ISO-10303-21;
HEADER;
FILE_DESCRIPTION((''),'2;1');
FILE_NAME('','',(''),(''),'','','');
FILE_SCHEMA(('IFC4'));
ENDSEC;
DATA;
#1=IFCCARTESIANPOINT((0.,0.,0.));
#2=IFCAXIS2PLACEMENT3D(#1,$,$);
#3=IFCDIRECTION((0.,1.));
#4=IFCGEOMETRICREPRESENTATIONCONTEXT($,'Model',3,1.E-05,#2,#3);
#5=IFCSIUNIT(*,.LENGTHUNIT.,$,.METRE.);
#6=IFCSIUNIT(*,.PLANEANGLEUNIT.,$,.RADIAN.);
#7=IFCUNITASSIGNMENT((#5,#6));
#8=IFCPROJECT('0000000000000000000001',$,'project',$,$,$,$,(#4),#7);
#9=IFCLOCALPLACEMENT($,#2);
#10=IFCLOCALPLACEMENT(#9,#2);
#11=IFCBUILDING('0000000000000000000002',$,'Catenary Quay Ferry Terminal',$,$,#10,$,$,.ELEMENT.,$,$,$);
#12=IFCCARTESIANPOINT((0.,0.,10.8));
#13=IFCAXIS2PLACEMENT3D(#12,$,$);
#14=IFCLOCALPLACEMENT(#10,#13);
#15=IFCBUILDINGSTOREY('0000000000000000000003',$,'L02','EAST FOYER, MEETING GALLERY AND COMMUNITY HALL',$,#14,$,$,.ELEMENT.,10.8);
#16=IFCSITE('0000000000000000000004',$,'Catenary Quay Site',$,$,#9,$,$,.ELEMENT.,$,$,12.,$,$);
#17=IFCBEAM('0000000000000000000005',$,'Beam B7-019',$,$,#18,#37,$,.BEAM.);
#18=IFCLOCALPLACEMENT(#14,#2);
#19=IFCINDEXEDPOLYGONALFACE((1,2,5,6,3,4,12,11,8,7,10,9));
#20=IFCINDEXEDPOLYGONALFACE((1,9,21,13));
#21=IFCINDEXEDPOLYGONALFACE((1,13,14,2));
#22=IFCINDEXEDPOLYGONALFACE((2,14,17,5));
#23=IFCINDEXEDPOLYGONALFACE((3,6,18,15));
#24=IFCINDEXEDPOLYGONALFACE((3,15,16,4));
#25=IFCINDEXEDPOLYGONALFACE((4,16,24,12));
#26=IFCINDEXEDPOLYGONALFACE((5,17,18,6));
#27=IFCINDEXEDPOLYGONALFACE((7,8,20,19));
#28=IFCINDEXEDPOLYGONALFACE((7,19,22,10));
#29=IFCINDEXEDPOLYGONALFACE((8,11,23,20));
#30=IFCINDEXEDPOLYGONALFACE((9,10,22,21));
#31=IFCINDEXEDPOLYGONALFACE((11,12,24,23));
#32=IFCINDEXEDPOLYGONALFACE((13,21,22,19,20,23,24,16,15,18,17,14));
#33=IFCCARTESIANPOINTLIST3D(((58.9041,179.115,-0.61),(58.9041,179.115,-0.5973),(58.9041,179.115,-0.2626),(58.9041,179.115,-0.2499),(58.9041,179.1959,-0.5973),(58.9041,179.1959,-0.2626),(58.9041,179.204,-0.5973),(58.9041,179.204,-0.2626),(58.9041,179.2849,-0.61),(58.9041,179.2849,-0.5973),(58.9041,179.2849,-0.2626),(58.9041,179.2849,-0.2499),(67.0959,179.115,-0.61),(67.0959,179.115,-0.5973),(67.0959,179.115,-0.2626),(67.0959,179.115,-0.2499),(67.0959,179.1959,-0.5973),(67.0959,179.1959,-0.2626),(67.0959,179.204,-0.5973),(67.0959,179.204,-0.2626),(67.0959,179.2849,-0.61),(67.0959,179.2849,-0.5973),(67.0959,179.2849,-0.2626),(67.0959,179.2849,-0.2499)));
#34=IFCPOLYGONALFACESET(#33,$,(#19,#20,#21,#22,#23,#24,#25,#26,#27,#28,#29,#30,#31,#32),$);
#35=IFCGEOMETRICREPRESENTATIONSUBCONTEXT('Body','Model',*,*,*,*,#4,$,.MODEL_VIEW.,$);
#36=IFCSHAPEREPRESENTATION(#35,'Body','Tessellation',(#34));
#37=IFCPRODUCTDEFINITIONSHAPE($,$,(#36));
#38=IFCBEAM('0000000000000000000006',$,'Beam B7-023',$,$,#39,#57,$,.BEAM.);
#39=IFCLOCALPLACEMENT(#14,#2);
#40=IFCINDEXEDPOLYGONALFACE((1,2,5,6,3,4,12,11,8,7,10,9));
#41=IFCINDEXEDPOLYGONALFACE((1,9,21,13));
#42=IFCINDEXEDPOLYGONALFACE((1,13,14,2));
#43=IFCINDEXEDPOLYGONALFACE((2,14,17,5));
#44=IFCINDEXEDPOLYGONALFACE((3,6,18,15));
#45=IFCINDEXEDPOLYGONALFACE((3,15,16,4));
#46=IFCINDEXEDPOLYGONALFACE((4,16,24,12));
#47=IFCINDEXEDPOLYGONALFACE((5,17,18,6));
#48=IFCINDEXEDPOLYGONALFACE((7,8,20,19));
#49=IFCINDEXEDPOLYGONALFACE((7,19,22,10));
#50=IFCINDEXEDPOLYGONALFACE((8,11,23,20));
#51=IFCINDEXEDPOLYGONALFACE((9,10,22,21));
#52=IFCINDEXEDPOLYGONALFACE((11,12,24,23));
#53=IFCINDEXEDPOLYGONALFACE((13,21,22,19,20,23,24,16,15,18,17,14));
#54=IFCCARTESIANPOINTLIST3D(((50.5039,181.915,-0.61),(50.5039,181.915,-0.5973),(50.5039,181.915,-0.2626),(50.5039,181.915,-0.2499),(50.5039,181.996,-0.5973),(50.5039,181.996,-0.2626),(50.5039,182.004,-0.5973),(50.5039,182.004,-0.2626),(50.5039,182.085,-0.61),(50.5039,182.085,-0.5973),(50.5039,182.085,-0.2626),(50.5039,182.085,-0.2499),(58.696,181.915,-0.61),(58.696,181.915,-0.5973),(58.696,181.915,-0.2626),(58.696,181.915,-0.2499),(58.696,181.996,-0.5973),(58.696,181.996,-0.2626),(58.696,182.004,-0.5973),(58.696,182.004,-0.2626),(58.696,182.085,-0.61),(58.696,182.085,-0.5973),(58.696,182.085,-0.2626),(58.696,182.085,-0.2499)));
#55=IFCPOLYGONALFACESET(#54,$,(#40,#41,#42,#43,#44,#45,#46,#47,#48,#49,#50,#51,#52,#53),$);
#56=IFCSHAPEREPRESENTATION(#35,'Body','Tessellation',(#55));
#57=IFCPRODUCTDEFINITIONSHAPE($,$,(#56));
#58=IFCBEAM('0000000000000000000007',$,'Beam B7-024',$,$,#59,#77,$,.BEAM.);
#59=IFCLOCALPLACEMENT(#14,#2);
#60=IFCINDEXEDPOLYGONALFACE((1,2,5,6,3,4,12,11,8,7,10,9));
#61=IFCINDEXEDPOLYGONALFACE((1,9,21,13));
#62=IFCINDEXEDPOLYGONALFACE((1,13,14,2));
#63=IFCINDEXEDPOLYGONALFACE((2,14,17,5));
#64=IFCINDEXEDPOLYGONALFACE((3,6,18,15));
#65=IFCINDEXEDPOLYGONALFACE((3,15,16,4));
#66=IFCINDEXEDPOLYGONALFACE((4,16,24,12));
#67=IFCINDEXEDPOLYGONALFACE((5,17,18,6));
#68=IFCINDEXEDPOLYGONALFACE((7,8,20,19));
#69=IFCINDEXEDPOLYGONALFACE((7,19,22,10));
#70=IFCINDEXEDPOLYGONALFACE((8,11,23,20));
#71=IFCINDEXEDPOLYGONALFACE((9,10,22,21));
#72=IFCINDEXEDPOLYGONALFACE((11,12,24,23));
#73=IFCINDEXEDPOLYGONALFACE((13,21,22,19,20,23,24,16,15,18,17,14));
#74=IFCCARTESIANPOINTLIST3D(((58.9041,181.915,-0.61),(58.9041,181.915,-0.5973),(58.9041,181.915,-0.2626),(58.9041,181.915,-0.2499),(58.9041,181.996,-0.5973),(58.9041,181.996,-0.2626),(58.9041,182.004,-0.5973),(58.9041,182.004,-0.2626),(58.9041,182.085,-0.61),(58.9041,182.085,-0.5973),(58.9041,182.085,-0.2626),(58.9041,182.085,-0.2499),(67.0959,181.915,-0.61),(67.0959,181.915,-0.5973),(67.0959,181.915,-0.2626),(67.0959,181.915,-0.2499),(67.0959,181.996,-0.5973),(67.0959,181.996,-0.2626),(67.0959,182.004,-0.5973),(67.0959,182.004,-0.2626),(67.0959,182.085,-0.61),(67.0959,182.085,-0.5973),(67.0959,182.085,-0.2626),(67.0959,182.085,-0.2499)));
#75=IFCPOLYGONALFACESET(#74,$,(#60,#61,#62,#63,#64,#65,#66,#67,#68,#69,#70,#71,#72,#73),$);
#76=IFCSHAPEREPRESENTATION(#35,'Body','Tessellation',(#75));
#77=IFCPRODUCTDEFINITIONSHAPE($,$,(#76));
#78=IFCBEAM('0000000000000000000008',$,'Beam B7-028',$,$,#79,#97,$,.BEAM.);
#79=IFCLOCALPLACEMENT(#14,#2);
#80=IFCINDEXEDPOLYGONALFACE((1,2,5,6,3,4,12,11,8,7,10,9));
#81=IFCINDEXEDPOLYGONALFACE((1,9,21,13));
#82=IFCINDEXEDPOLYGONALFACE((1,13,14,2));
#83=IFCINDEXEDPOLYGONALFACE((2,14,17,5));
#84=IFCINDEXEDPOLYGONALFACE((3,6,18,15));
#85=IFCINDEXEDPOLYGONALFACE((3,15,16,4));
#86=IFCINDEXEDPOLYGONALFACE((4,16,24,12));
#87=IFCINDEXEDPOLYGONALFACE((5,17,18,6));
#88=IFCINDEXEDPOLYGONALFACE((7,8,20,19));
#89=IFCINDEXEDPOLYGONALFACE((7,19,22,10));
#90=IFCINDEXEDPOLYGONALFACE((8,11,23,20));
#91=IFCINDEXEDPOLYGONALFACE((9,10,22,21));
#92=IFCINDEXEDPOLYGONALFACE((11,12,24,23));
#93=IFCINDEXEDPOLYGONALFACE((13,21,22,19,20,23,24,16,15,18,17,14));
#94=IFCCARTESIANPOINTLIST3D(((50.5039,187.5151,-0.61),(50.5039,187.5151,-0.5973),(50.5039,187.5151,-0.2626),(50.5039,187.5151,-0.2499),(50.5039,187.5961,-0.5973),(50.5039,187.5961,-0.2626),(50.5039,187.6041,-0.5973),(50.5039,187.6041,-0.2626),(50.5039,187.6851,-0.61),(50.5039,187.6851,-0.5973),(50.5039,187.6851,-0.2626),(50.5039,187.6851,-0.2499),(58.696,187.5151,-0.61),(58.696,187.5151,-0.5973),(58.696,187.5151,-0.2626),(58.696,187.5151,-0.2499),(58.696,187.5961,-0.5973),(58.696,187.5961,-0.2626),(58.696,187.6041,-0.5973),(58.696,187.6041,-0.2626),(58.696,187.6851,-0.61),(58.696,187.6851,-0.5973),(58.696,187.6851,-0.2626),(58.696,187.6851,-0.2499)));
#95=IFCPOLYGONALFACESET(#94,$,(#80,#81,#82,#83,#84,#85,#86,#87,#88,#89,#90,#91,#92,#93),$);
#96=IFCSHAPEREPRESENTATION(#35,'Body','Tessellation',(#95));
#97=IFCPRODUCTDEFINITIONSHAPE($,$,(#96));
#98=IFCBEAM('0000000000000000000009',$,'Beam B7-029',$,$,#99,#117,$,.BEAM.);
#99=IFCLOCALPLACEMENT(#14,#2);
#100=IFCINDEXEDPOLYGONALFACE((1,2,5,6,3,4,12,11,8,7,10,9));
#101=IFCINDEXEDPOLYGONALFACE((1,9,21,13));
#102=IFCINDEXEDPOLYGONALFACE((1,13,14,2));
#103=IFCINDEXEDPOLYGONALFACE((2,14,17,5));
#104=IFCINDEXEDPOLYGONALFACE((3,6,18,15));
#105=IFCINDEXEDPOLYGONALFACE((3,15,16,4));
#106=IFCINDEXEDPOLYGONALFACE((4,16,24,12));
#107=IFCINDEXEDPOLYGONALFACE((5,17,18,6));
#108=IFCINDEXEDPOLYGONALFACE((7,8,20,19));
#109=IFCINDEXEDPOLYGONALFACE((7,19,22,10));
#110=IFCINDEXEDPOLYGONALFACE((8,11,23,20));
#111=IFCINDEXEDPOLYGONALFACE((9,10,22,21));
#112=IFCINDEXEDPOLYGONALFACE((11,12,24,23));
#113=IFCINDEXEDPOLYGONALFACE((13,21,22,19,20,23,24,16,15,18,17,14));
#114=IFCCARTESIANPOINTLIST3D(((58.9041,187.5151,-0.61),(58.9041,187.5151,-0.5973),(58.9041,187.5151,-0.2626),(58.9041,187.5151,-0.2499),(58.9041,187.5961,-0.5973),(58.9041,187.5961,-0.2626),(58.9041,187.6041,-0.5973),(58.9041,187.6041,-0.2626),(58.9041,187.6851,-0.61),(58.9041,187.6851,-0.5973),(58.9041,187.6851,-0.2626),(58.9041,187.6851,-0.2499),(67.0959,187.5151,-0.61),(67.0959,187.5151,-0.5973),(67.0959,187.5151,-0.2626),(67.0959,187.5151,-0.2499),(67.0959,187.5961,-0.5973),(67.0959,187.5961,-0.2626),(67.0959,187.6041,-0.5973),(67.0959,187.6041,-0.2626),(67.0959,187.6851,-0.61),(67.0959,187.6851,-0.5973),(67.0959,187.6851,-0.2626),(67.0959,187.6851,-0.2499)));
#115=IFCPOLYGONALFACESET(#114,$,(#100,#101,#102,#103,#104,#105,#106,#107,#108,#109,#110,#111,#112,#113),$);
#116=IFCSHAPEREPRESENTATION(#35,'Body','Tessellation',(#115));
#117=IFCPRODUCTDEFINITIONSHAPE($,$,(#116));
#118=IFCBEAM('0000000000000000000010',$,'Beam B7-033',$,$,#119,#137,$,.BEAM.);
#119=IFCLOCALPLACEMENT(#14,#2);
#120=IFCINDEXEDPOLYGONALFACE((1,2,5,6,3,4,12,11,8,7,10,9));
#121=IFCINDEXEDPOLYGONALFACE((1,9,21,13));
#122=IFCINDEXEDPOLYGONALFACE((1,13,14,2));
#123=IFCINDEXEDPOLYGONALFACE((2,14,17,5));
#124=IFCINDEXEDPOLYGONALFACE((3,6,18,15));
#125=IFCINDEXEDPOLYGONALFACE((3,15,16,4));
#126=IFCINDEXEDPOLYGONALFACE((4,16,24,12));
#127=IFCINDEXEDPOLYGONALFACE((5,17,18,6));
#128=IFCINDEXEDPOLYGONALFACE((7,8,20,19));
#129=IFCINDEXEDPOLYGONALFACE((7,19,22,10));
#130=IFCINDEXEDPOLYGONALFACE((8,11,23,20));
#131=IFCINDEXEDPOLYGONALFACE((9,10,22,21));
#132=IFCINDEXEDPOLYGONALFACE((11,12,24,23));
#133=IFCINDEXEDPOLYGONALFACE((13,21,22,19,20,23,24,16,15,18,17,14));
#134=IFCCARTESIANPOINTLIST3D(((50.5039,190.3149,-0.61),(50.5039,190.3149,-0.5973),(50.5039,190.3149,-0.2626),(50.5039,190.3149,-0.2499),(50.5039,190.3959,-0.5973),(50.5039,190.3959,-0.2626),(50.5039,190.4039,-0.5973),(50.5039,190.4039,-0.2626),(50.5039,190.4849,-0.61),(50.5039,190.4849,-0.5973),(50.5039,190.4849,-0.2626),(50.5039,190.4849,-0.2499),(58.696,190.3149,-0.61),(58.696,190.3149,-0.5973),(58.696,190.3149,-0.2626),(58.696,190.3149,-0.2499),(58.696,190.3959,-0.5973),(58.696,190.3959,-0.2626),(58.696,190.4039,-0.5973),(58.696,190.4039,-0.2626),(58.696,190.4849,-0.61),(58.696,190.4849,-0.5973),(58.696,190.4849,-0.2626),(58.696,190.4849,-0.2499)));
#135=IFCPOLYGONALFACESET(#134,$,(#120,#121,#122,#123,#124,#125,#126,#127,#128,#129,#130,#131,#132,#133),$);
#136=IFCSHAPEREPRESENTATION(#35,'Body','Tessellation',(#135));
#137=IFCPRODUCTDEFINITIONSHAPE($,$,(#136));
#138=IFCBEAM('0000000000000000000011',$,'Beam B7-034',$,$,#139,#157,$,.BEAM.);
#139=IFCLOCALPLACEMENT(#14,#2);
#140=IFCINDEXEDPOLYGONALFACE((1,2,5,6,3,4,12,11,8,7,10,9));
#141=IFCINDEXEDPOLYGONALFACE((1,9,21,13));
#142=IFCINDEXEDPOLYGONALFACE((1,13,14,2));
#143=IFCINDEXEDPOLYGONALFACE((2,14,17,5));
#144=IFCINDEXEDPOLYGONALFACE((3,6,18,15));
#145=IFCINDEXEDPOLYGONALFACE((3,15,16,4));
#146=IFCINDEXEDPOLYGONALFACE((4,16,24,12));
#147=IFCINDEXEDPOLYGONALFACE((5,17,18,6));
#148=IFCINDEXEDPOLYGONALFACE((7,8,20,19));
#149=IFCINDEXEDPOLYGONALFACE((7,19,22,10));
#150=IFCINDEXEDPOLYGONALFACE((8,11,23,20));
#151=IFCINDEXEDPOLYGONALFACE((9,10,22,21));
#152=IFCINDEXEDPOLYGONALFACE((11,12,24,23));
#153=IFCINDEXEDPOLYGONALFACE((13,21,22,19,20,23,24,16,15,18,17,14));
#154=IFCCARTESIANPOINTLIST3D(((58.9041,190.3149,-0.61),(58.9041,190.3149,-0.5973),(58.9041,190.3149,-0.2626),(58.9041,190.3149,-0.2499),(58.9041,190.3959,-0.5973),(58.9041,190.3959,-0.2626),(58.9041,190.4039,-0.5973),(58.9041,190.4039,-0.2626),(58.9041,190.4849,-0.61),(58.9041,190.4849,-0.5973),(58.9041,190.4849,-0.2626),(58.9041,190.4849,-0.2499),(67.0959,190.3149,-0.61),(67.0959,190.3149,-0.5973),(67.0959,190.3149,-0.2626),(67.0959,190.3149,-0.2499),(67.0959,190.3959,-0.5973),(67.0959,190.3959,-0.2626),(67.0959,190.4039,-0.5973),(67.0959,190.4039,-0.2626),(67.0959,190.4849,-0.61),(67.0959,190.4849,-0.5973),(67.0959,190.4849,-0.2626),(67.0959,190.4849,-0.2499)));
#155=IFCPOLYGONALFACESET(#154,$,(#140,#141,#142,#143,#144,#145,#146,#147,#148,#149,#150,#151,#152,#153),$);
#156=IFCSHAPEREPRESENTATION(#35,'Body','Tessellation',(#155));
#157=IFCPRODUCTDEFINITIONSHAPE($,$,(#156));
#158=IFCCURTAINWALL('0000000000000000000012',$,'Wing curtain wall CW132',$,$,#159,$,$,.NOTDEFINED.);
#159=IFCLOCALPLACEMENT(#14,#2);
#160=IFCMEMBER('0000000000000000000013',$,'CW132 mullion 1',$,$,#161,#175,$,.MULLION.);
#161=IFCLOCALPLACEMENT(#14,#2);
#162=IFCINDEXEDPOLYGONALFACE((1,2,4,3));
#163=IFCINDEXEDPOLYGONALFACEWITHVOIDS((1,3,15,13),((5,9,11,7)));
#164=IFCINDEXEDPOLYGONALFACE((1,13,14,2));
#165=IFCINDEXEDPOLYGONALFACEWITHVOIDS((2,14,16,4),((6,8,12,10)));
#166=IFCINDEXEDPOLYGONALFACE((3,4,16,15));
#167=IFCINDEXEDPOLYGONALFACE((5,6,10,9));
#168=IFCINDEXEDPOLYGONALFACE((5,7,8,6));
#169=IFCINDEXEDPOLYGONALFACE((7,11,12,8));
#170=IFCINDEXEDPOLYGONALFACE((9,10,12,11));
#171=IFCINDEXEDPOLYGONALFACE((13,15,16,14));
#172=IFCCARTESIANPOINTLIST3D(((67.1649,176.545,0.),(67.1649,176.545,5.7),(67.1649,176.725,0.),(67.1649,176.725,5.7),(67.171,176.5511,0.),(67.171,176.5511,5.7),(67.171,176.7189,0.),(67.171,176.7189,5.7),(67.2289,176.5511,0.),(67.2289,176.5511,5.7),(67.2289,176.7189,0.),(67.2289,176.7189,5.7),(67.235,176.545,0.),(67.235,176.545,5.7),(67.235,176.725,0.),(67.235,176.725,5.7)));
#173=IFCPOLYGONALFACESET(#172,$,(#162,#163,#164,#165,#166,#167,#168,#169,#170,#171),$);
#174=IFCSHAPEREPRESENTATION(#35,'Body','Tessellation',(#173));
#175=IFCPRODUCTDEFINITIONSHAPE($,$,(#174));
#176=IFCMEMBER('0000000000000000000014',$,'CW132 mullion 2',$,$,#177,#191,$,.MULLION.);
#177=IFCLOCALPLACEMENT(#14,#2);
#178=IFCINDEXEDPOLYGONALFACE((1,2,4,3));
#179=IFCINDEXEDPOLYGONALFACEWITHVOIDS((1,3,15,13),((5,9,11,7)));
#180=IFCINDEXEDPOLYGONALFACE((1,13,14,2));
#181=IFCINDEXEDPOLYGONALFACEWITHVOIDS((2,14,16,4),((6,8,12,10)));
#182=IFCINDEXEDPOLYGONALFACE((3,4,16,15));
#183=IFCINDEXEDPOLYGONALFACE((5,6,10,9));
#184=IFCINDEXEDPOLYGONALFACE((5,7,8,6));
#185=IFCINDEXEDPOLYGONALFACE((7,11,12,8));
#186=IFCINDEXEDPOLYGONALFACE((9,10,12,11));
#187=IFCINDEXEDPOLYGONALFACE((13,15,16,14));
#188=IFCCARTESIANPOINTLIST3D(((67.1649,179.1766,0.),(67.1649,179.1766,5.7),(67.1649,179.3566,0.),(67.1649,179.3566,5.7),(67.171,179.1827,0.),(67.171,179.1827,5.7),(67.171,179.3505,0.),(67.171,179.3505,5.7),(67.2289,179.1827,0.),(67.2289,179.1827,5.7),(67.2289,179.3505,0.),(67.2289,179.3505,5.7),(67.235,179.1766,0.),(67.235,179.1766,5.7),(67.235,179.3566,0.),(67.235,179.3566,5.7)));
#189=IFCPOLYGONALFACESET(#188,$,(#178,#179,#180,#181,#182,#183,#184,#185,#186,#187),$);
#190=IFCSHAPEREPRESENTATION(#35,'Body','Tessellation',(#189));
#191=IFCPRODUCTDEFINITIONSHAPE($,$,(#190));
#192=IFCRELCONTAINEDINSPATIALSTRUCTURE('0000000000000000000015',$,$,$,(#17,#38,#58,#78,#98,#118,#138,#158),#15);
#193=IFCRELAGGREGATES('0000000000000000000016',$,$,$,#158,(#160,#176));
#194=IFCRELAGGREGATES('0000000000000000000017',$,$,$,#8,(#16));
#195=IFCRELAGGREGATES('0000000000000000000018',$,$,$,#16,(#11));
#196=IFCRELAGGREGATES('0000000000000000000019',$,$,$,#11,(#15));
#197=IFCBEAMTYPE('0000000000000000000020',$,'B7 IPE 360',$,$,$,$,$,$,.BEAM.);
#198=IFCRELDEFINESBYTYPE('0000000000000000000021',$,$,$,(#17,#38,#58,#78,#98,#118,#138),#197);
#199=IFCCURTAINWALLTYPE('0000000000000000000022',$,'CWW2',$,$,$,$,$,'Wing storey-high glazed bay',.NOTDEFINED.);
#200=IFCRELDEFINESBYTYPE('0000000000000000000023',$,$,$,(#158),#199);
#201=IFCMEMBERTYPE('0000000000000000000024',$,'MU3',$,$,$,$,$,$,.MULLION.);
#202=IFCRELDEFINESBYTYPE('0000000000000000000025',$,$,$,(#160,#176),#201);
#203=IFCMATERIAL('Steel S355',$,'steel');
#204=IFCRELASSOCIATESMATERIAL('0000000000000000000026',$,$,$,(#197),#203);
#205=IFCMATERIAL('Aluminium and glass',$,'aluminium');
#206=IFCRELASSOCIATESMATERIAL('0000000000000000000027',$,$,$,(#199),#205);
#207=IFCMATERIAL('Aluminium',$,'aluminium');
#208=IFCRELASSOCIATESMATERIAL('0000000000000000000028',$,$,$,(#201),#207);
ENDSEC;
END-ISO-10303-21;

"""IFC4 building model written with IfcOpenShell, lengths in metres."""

from ifc_helpers import new_model, si_unit, direction, frame, origin, origin_2d, place, context, subcontext, project, spatial, hollow_rectangle, i_section, extrude, material, material_profile, profile_set, type_object, element, aggregate, save


model = new_model("IFC4")

# Units and contexts
model_context = context("Model", 3, precision=1e-05, world=origin(), true_north=direction((0.0, 1.0)))
body_context = subcontext(model_context, "Body", "Model", "MODEL_VIEW")
ifc_project = project(units=[si_unit("LENGTHUNIT", "METRE"), si_unit("PLANEANGLEUNIT", "RADIAN")], contexts=[model_context])

# Site, building, storey
site_placement = place(None, origin())
site = spatial("IfcSite", under=ifc_project, at=site_placement, Name="Catenary Quay Site", CompositionType="ELEMENT", RefElevation=12.0)
building_placement = place(site_placement, origin())
building = spatial("IfcBuilding", under=site, at=building_placement, Name="Catenary Quay Ferry Terminal", CompositionType="ELEMENT")
storey_placement = place(building_placement, frame((0.0, 0.0, 10.8)))
storey = spatial("IfcBuildingStorey", under=building, at=storey_placement, Name="L02", Description="EAST FOYER, MEETING GALLERY AND COMMUNITY HALL", CompositionType="ELEMENT", Elevation=10.8)

# Beams
ifc_material_1 = material(Name="Steel S355", Category="steel")
ifc_material_profile_1 = material_profile(ifc_material_1, i_section(OverallWidth=0.1699, OverallDepth=0.3601, WebThickness=0.0081, FlangeThickness=0.0127, at=origin_2d()), Name="IPE 360")
ifc_profile_set_1 = profile_set([ifc_material_profile_1], Name="Steel S355")
beam_type_1 = type_object("IfcBeamType", Name="B7 IPE 360", PredefinedType="BEAM", material=ifc_profile_set_1)
beam_1_placement = place(storey_placement, frame((58.9041, 179.2, -0.4299), z_axis=(1.0, 0.0, 0.0), x_axis=(0.0, 1.0, 0.0)))
element("IfcBeam", 1, at=beam_1_placement, inside=storey, type_object=beam_type_1, Name="Beam B7-019", PredefinedType="BEAM", context=body_context, shape_type="SweptSolid", body=[
    extrude(i_section(OverallWidth=0.1699, OverallDepth=0.3601, WebThickness=0.0081, FlangeThickness=0.0127, at=origin_2d()), origin(), (0.0, 0.0, 1.0), 8.1919),
])
beam_2_placement = place(storey_placement, frame((50.5039, 182.0, -0.4299), z_axis=(1.0, 0.0, 0.0), x_axis=(0.0, 1.0, 0.0)))
element("IfcBeam", 2, at=beam_2_placement, inside=storey, type_object=beam_type_1, Name="Beam B7-023", PredefinedType="BEAM", context=body_context, shape_type="SweptSolid", body=[
    extrude(i_section(OverallWidth=0.1699, OverallDepth=0.3601, WebThickness=0.0081, FlangeThickness=0.0127, at=origin_2d()), origin(), (0.0, 0.0, 1.0), 8.1921),
])
beam_3_placement = place(storey_placement, frame((58.9041, 182.0, -0.4299), z_axis=(1.0, 0.0, 0.0), x_axis=(0.0, 1.0, 0.0)))
element("IfcBeam", 3, at=beam_3_placement, inside=storey, type_object=beam_type_1, Name="Beam B7-024", PredefinedType="BEAM", context=body_context, shape_type="SweptSolid", body=[
    extrude(i_section(OverallWidth=0.1699, OverallDepth=0.3601, WebThickness=0.0081, FlangeThickness=0.0127, at=origin_2d()), origin(), (0.0, 0.0, 1.0), 8.1919),
])
beam_4_placement = place(storey_placement, frame((50.5039, 187.6001, -0.4299), z_axis=(1.0, 0.0, 0.0), x_axis=(0.0, 1.0, 0.0)))
element("IfcBeam", 4, at=beam_4_placement, inside=storey, type_object=beam_type_1, Name="Beam B7-028", PredefinedType="BEAM", context=body_context, shape_type="SweptSolid", body=[
    extrude(i_section(OverallWidth=0.1699, OverallDepth=0.3601, WebThickness=0.0081, FlangeThickness=0.0127, at=origin_2d()), origin(), (0.0, 0.0, 1.0), 8.1921),
])
beam_5_placement = place(storey_placement, frame((58.9041, 187.6001, -0.4299), z_axis=(1.0, 0.0, 0.0), x_axis=(0.0, 1.0, 0.0)))
element("IfcBeam", 5, at=beam_5_placement, inside=storey, type_object=beam_type_1, Name="Beam B7-029", PredefinedType="BEAM", context=body_context, shape_type="SweptSolid", body=[
    extrude(i_section(OverallWidth=0.1699, OverallDepth=0.3601, WebThickness=0.0081, FlangeThickness=0.0127, at=origin_2d()), origin(), (0.0, 0.0, 1.0), 8.1919),
])
beam_6_placement = place(storey_placement, frame((50.5039, 190.3999, -0.4299), z_axis=(1.0, 0.0, 0.0), x_axis=(0.0, 1.0, 0.0)))
element("IfcBeam", 6, at=beam_6_placement, inside=storey, type_object=beam_type_1, Name="Beam B7-033", PredefinedType="BEAM", context=body_context, shape_type="SweptSolid", body=[
    extrude(i_section(OverallWidth=0.1699, OverallDepth=0.3601, WebThickness=0.0081, FlangeThickness=0.0127, at=origin_2d()), origin(), (0.0, 0.0, 1.0), 8.1921),
])
beam_7_placement = place(storey_placement, frame((58.9041, 190.3999, -0.4299), z_axis=(1.0, 0.0, 0.0), x_axis=(0.0, 1.0, 0.0)))
element("IfcBeam", 7, at=beam_7_placement, inside=storey, type_object=beam_type_1, Name="Beam B7-034", PredefinedType="BEAM", context=body_context, shape_type="SweptSolid", body=[
    extrude(i_section(OverallWidth=0.1699, OverallDepth=0.3601, WebThickness=0.0081, FlangeThickness=0.0127, at=origin_2d()), origin(), (0.0, 0.0, 1.0), 8.1919),
])

# Curtain wall, members
ifc_material_2 = material(Name="Aluminium and glass", Category="aluminium")
curtain_wall_type = type_object("IfcCurtainWallType", Name="CWW2", ElementType="Wing storey-high glazed bay", PredefinedType="NOTDEFINED", material=ifc_material_2)
curtain_wall_placement = place(storey_placement, origin())
curtain_wall = element("IfcCurtainWall", 8, at=curtain_wall_placement, inside=storey, type_object=curtain_wall_type, Name="Wing curtain wall CW132", PredefinedType="NOTDEFINED")
ifc_material_3 = material(Name="Aluminium", Category="aluminium")
ifc_material_profile_2 = material_profile(ifc_material_3, hollow_rectangle(XDim=0.0701, YDim=0.1799, WallThickness=0.0061, at=origin_2d()), Name="MU3")
ifc_profile_set_2 = profile_set([ifc_material_profile_2], Name="Aluminium")
member_type_1 = type_object("IfcMemberType", Name="MU3", PredefinedType="MULLION", material=ifc_profile_set_2)
member_1_placement = place(storey_placement, frame((67.2, 176.635, 0.0), z_axis=(0.0, 0.0, 1.0), x_axis=(-1.0, 0.0, 0.0)))
member_1 = element("IfcMember", 9, at=member_1_placement, type_object=member_type_1, Name="CW132 mullion 1", PredefinedType="MULLION", context=body_context, shape_type="SweptSolid", body=[
    extrude(hollow_rectangle(XDim=0.0701, YDim=0.1799, WallThickness=0.0061, at=origin_2d()), origin(), (0.0, 0.0, 1.0), 5.7),
])
member_2_placement = place(storey_placement, frame((67.2, 179.2666, 0.0), z_axis=(0.0, 0.0, 1.0), x_axis=(-1.0, 0.0, 0.0)))
member_2 = element("IfcMember", 10, at=member_2_placement, type_object=member_type_1, Name="CW132 mullion 2", PredefinedType="MULLION", context=body_context, shape_type="SweptSolid", body=[
    extrude(hollow_rectangle(XDim=0.0701, YDim=0.1799, WallThickness=0.0061, at=origin_2d()), origin(), (0.0, 0.0, 1.0), 5.7),
])
aggregate(curtain_wall, [member_1, member_2])

save(model, "model.ifc")
